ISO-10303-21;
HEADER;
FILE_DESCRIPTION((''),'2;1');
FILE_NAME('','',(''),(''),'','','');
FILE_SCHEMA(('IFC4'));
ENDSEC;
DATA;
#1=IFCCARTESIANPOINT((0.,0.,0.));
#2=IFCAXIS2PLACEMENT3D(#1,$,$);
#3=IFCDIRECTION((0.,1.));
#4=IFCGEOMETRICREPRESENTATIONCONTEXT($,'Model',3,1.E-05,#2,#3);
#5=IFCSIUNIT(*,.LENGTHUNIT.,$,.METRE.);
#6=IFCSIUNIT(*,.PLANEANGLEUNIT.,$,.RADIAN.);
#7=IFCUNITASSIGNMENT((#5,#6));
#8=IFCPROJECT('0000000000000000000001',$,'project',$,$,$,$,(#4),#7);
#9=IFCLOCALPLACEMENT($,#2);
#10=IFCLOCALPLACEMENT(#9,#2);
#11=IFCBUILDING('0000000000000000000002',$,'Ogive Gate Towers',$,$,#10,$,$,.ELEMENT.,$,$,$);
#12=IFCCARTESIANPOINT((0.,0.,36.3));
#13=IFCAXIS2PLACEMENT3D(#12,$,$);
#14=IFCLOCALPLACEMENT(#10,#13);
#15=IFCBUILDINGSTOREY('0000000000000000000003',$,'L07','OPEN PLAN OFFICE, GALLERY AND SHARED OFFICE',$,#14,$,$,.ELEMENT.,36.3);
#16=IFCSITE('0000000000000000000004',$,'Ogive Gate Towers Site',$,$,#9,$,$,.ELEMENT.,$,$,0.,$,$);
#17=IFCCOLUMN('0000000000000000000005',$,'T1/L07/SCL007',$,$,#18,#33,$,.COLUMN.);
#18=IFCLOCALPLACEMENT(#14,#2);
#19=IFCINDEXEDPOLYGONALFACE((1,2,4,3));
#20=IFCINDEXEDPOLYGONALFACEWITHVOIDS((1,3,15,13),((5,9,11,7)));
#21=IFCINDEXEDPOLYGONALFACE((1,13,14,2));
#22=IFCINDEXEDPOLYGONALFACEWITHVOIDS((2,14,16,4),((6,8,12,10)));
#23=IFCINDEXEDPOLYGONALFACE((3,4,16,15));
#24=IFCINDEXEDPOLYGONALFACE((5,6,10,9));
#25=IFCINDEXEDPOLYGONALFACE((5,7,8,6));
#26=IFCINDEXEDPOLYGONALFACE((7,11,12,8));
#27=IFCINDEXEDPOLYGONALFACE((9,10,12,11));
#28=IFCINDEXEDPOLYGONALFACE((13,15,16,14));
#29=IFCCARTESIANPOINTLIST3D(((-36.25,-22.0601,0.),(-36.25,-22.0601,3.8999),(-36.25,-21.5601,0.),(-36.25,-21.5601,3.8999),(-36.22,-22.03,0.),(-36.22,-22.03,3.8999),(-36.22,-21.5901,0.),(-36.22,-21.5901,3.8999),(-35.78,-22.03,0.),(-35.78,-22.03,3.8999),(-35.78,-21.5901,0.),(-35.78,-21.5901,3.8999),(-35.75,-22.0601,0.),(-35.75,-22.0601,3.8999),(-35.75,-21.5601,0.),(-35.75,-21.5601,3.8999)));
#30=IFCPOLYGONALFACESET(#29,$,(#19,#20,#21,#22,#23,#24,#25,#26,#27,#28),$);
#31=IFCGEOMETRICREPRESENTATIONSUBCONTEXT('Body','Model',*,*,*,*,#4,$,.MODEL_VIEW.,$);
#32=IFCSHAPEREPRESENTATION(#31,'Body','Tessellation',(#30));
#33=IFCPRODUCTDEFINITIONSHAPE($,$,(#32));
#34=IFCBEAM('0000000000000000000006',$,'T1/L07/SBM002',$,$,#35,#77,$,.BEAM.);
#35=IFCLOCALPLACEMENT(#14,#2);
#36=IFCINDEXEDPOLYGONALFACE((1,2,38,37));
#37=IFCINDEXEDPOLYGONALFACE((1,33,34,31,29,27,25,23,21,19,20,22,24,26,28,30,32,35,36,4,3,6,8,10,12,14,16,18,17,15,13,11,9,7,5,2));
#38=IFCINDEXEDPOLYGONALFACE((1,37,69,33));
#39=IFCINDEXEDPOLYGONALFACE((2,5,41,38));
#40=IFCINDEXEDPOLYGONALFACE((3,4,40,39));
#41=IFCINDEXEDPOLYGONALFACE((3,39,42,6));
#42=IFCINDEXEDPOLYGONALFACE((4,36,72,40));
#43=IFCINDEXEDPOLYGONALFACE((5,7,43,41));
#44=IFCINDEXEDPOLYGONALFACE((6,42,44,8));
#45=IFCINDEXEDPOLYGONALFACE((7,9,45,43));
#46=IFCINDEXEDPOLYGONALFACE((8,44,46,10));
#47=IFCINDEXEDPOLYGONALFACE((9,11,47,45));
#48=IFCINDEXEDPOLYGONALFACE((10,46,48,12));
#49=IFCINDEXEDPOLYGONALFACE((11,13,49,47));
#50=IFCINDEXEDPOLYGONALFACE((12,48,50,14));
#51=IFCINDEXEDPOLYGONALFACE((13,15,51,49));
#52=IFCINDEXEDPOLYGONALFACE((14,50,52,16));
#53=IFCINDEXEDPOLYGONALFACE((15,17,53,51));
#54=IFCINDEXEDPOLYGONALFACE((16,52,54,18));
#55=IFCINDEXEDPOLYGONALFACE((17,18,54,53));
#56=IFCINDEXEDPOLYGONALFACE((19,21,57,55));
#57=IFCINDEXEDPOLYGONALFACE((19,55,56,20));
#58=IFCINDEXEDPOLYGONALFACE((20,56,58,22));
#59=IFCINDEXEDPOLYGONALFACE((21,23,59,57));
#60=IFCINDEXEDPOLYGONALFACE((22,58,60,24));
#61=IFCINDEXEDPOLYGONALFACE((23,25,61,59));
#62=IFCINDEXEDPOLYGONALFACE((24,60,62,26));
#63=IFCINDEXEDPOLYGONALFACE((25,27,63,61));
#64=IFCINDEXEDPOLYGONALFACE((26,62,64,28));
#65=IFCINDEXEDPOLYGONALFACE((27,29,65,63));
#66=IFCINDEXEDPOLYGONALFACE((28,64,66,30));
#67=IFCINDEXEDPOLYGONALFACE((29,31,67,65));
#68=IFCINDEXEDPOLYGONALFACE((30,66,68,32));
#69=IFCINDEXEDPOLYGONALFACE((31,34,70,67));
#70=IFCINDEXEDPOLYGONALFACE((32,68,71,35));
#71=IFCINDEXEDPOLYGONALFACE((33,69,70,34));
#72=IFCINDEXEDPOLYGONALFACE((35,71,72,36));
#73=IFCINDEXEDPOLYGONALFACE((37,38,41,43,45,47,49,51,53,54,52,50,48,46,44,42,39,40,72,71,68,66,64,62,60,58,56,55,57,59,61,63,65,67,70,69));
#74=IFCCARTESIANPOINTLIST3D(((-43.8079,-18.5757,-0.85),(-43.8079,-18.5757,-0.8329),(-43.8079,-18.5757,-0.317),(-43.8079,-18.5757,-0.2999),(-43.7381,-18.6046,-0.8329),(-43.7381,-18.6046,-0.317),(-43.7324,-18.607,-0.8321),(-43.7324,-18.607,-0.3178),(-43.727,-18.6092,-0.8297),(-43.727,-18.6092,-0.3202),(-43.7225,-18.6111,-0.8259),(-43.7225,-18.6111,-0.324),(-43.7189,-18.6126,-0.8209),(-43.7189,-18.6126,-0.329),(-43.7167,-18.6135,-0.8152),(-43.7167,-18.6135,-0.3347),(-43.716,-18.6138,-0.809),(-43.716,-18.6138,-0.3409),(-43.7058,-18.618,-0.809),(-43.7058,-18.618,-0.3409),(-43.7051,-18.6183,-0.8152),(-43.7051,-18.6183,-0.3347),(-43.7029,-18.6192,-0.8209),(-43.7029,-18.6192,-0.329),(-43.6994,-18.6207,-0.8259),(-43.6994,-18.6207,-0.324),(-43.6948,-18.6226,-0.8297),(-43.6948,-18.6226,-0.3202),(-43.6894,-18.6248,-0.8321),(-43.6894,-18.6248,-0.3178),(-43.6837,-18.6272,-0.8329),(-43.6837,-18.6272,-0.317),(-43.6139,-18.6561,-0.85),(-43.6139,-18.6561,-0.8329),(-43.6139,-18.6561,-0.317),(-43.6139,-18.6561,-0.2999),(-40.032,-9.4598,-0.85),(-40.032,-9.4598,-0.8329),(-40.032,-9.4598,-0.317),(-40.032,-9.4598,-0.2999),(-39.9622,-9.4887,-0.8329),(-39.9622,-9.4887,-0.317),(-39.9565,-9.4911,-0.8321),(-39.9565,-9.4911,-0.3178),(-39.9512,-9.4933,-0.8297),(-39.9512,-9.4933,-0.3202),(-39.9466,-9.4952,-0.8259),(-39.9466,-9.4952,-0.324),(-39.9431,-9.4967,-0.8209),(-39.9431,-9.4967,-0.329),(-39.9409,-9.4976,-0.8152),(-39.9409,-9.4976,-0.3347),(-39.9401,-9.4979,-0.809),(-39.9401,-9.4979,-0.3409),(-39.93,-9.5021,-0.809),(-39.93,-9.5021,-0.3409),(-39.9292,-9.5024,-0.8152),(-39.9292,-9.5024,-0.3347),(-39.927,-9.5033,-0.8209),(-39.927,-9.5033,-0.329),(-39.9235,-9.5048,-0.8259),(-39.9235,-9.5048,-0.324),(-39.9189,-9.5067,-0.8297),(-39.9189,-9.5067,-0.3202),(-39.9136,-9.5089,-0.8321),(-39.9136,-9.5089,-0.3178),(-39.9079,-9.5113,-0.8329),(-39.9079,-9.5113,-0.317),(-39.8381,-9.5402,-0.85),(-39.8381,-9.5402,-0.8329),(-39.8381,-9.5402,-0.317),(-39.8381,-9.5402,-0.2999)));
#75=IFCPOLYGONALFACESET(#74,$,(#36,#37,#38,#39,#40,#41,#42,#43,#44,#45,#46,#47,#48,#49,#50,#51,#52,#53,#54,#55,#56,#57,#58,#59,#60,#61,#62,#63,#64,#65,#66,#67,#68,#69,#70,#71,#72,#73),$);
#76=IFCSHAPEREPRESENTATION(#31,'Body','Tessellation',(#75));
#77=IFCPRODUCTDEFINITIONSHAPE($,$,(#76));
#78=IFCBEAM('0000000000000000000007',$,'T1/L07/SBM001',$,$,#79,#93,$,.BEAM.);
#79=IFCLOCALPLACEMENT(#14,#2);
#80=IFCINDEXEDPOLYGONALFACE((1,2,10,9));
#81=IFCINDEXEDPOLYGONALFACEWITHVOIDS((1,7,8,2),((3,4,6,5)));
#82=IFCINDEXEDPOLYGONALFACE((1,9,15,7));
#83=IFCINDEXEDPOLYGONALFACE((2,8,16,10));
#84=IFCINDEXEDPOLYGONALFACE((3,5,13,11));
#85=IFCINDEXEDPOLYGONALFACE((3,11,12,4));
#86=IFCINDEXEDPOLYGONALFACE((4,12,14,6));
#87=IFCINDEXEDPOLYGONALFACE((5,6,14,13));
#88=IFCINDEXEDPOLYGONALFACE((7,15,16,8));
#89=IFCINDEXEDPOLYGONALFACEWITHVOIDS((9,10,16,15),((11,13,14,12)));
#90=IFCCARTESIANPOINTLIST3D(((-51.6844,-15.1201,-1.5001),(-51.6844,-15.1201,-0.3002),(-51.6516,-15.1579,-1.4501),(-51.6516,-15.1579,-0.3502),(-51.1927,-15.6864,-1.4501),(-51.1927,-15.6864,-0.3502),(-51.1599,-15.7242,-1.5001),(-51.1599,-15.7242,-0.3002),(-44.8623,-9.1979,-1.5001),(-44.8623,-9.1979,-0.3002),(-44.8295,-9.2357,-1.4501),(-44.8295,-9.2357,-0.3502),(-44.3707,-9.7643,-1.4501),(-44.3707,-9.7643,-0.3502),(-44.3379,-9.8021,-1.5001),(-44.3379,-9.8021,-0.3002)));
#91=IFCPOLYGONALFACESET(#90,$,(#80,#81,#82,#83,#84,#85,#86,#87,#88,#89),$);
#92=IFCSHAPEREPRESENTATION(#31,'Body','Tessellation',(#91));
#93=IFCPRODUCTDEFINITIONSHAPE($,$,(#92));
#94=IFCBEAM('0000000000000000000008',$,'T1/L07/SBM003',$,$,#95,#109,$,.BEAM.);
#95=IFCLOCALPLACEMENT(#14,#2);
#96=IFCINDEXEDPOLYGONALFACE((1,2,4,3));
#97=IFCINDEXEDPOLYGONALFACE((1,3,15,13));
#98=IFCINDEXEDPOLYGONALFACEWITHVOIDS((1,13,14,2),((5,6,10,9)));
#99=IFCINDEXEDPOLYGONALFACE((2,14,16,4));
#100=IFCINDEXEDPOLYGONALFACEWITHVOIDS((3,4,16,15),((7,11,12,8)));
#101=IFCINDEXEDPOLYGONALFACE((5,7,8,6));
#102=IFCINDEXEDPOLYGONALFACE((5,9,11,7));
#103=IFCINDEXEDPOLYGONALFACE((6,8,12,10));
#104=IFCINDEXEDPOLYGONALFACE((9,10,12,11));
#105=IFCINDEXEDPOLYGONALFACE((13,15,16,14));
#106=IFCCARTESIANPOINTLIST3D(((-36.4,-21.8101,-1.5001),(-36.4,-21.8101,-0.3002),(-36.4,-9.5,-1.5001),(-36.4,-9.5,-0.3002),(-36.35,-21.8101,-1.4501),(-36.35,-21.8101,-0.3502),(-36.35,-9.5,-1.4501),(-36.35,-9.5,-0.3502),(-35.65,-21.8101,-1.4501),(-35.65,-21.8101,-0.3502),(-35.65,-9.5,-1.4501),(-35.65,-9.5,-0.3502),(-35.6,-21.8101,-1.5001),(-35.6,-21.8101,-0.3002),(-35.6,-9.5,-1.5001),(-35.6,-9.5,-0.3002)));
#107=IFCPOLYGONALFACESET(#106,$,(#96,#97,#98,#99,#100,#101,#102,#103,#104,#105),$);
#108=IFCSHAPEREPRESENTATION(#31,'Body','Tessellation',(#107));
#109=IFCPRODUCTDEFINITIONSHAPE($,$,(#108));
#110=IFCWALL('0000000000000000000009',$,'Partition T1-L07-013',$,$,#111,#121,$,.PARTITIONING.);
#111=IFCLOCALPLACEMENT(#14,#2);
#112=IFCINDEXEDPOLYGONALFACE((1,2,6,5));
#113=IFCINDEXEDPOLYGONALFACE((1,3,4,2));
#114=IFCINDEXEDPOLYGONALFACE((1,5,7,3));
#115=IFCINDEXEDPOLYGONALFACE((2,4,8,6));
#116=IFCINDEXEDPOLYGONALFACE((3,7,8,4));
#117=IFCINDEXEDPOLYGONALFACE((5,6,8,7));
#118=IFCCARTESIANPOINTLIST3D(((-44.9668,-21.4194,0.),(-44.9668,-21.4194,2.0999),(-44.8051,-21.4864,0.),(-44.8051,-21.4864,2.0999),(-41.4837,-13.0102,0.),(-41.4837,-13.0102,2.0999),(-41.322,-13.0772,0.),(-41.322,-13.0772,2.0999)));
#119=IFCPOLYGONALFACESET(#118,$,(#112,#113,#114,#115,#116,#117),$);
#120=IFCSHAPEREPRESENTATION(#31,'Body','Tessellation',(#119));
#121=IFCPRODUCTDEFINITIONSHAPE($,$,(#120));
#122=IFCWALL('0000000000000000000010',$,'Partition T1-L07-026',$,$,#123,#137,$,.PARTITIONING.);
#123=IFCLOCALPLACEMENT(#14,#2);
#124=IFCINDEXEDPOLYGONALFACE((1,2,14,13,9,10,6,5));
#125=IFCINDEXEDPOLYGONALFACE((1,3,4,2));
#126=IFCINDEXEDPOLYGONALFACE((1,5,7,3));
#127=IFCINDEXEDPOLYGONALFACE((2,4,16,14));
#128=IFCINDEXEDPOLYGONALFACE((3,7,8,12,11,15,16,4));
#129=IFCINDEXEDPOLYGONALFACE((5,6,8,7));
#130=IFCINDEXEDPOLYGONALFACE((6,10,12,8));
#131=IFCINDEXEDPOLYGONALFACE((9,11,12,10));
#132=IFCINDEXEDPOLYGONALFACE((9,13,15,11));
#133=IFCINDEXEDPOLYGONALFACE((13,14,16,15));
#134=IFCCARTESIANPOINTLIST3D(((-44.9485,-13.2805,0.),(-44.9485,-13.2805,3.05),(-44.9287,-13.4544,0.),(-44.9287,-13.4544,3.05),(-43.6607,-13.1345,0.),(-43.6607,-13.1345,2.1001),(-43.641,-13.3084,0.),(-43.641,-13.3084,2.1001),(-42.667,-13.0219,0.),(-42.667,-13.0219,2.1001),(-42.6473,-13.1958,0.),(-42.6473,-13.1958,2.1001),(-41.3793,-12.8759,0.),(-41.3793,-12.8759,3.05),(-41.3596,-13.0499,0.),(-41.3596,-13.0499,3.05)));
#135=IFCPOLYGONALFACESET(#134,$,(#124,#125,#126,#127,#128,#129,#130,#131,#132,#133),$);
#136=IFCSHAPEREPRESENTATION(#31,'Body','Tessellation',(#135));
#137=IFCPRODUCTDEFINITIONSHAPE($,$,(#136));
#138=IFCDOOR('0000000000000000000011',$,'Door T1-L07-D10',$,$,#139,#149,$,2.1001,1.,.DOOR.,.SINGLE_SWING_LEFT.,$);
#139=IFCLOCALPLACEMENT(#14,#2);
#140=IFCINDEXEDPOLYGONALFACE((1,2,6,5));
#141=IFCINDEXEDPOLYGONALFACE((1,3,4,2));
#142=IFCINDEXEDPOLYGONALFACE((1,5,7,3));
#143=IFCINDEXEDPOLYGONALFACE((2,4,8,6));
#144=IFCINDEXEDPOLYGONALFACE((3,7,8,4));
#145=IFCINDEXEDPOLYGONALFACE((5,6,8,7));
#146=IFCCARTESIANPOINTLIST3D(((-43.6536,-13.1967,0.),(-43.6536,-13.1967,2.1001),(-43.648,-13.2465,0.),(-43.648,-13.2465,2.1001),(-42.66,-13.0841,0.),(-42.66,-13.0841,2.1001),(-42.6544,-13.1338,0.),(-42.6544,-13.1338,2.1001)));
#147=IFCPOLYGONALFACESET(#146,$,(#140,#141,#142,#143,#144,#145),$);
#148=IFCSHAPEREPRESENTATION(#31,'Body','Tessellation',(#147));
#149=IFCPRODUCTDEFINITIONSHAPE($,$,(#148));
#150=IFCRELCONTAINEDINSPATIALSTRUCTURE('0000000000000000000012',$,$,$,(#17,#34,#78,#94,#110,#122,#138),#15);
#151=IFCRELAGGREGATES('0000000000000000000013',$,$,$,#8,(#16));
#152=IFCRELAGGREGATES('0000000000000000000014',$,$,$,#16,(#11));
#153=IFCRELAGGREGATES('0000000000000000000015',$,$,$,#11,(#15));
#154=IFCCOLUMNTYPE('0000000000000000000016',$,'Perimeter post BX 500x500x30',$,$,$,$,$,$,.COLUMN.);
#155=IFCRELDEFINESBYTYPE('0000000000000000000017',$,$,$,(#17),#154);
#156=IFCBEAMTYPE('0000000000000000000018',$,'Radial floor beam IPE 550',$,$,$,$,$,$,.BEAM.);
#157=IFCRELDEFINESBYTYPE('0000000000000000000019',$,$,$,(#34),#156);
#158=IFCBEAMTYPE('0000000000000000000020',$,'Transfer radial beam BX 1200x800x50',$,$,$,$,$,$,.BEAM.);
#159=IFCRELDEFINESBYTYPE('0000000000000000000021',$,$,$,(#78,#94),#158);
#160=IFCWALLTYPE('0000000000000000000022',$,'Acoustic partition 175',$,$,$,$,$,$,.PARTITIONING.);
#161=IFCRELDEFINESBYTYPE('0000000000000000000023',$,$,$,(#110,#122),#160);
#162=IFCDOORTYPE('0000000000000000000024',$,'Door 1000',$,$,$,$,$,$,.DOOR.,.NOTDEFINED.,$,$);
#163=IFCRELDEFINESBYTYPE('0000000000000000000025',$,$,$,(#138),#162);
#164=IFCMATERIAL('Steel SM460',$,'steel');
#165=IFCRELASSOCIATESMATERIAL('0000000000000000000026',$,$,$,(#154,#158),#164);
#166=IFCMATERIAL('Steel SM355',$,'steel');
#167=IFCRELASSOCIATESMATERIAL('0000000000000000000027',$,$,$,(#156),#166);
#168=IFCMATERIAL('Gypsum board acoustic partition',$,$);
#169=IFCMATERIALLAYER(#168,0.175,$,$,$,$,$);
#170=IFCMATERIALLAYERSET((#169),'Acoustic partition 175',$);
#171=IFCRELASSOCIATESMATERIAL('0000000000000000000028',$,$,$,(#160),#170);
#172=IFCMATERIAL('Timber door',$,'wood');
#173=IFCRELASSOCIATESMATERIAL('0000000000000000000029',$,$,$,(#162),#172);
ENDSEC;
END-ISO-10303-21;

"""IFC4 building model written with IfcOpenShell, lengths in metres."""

from ifc_helpers import new_model, si_unit, direction, frame, frame_2d, origin, origin_2d, place, context, subcontext, project, spatial, rectangle, hollow_rectangle, i_section, extrude, material, layer, layer_set, material_profile, profile_set, type_object, element, fill, save


model = new_model("IFC4")

# Units and contexts
model_context = context("Model", 3, precision=1e-05, world=origin(), true_north=direction((0.0, 1.0)))
body_context = subcontext(model_context, "Body", "Model", "MODEL_VIEW")
ifc_project = project(units=[si_unit("LENGTHUNIT", "METRE"), si_unit("PLANEANGLEUNIT", "RADIAN")], contexts=[model_context])

# Site, building, storey
site_placement = place(None, origin())
site = spatial("IfcSite", under=ifc_project, at=site_placement, Name="Ogive Gate Towers Site", CompositionType="ELEMENT", RefElevation=0.0)
building_placement = place(site_placement, origin())
building = spatial("IfcBuilding", under=site, at=building_placement, Name="Ogive Gate Towers", CompositionType="ELEMENT")
storey_placement = place(building_placement, frame((0.0, 0.0, 36.3)))
storey = spatial("IfcBuildingStorey", under=building, at=storey_placement, Name="L07", Description="OPEN PLAN OFFICE, GALLERY AND SHARED OFFICE", CompositionType="ELEMENT", Elevation=36.3)

# Column
ifc_material_1 = material(Name="Steel SM460", Category="steel")
ifc_material_profile_1 = material_profile(ifc_material_1, hollow_rectangle(XDim=0.5, YDim=0.5, WallThickness=0.03, at=origin_2d()), Name="BX 500x500x30")
ifc_profile_set_1 = profile_set([ifc_material_profile_1], Name="Steel SM460")
column_type = type_object("IfcColumnType", Name="Perimeter post BX 500x500x30", PredefinedType="COLUMN", material=ifc_profile_set_1)
column_placement = place(storey_placement, frame((-36.0, -21.8101, 0.0), z_axis=(0.0, 0.0, 1.0), x_axis=(1.0, 0.0, 0.0)))
element("IfcColumn", 1, at=column_placement, inside=storey, type_object=column_type, Name="T1/L07/SCL007", PredefinedType="COLUMN", context=body_context, shape_type="SweptSolid", body=[
    extrude(hollow_rectangle(XDim=0.5, YDim=0.5, WallThickness=0.03, at=origin_2d()), origin(), (0.0, 0.0, 1.0), 3.8999),
])

# Beams
ifc_material_2 = material(Name="Steel SM355", Category="steel")
ifc_material_profile_2 = material_profile(ifc_material_2, i_section(OverallWidth=0.21, OverallDepth=0.55, WebThickness=0.011, FlangeThickness=0.0171, FilletRadius=0.0239, at=origin_2d()), Name="IPE 550")
ifc_profile_set_2 = profile_set([ifc_material_profile_2], Name="Steel SM355")
beam_type_1 = type_object("IfcBeamType", Name="Radial floor beam IPE 550", PredefinedType="BEAM", material=ifc_profile_set_2)
beam_1_placement = place(storey_placement, frame((-39.9351, -9.5, -0.575), z_axis=(-0.382677, -0.923882, 0.0), x_axis=(0.923882, -0.382677, 0.0)))
element("IfcBeam", 2, at=beam_1_placement, inside=storey, type_object=beam_type_1, Name="T1/L07/SBM002", PredefinedType="BEAM", context=body_context, shape_type="SweptSolid", body=[
    extrude(i_section(OverallWidth=0.21, OverallDepth=0.55, WebThickness=0.011, FlangeThickness=0.0171, FilletRadius=0.0239, at=origin_2d()), origin(), (0.0, 0.0, 1.0), 9.8669),
])
ifc_material_profile_3 = material_profile(ifc_material_1, hollow_rectangle(XDim=0.8, YDim=1.2, WallThickness=0.05, at=origin_2d()), Name="BX 1200x800x50")
ifc_profile_set_3 = profile_set([ifc_material_profile_3], Name="Steel SM460")
beam_type_2 = type_object("IfcBeamType", Name="Transfer radial beam BX 1200x800x50", PredefinedType="BEAM", material=ifc_profile_set_3)
beam_2_placement = place(storey_placement, frame((-44.6001, -9.5, -0.9001), z_axis=(-0.755157, -0.655544, 0.0), x_axis=(0.655544, -0.755157, 0.0)))
element("IfcBeam", 3, at=beam_2_placement, inside=storey, type_object=beam_type_2, Name="T1/L07/SBM001", PredefinedType="BEAM", context=body_context, shape_type="SweptSolid", body=[
    extrude(hollow_rectangle(XDim=0.8, YDim=1.2, WallThickness=0.05, at=origin_2d()), origin(), (0.0, 0.0, 1.0), 9.0339),
])
beam_3_placement = place(storey_placement, frame((-36.0, -9.5, -0.9001), z_axis=(0.0, -1.0, 0.0), x_axis=(1.0, 0.0, 0.0)))
element("IfcBeam", 4, at=beam_3_placement, inside=storey, type_object=beam_type_2, Name="T1/L07/SBM003", PredefinedType="BEAM", context=body_context, shape_type="SweptSolid", body=[
    extrude(hollow_rectangle(XDim=0.8, YDim=1.2, WallThickness=0.05, at=origin_2d()), origin(), (0.0, 0.0, 1.0), 12.3101),
])

# Wall
ifc_material_3 = material(Name="Gypsum board acoustic partition")
ifc_layer_1 = layer(ifc_material_3, 0.175)
ifc_layer_set_1 = layer_set([ifc_layer_1], Name="Acoustic partition 175")
wall_type_1 = type_object("IfcWallType", Name="Acoustic partition 175", PredefinedType="PARTITIONING", material=ifc_layer_set_1)
wall_1_placement = place(storey_placement, frame((-44.886, -21.4529, 0.0), z_axis=(0.0, 0.0, 1.0), x_axis=(0.382679, 0.923881, 0.0)))
element("IfcWall", 5, at=wall_1_placement, inside=storey, type_object=wall_type_1, Name="Partition T1-L07-013", PredefinedType="PARTITIONING", context=body_context, shape_type="SweptSolid", body=[
    extrude(rectangle(XDim=9.1021, YDim=0.175, at=frame_2d((4.551, 0.0))), origin(), (0.0, 0.0, 1.0), 2.0999),
])

# Wall, opening, door
wall_2_placement = place(storey_placement, frame((-44.9385, -13.3674, 0.0), z_axis=(0.0, 0.0, 1.0), x_axis=(0.993638, 0.112624, 0.0)))
wall_2 = element("IfcWall", 6, at=wall_2_placement, inside=storey, type_object=wall_type_1, Name="Partition T1-L07-026", PredefinedType="PARTITIONING", context=body_context, shape_type="SweptSolid", body=[
    extrude(rectangle(XDim=3.592, YDim=0.175, at=frame_2d((1.7959, 0.0))), origin(), (0.0, 0.0, 1.0), 3.05),
])
opening_1_placement = place(wall_2_placement, frame((1.2959, 0.0, 0.0)))
opening_1 = element("IfcOpeningElement", 7, at=opening_1_placement, cuts=wall_2, PredefinedType="OPENING", context=body_context, shape_type="SweptSolid", body=[
    extrude(rectangle(XDim=1.0, YDim=2.1001, at=frame_2d((0.5, 1.05))), frame((0.0, 0.0977, 0.0), z_axis=(0.0, -1.0, 0.0), x_axis=(1.0, 0.0, 0.0)), (0.0, 0.0, 1.0), 0.1951),
])
ifc_material_4 = material(Name="Timber door", Category="wood")
door_type_1 = type_object("IfcDoorType", Name="Door 1000", OperationType="NOTDEFINED", PredefinedType="DOOR", material=ifc_material_4)
door_1_placement = place(opening_1_placement, origin())
door_1 = element("IfcDoor", 8, at=door_1_placement, inside=storey, type_object=door_type_1, Name="Door T1-L07-D10", OperationType="SINGLE_SWING_LEFT", OverallHeight=2.1001, OverallWidth=1.0, PredefinedType="DOOR", context=body_context, shape_type="SweptSolid", body=[
    extrude(rectangle(XDim=1.0, YDim=2.1001, at=frame_2d((0.5, 1.05))), frame((0.0, 0.0249, 0.0), z_axis=(0.0, -1.0, 0.0), x_axis=(1.0, 0.0, 0.0)), (0.0, 0.0, 1.0), 0.05),
])
fill(opening_1, door_1)

save(model, "model.ifc")
